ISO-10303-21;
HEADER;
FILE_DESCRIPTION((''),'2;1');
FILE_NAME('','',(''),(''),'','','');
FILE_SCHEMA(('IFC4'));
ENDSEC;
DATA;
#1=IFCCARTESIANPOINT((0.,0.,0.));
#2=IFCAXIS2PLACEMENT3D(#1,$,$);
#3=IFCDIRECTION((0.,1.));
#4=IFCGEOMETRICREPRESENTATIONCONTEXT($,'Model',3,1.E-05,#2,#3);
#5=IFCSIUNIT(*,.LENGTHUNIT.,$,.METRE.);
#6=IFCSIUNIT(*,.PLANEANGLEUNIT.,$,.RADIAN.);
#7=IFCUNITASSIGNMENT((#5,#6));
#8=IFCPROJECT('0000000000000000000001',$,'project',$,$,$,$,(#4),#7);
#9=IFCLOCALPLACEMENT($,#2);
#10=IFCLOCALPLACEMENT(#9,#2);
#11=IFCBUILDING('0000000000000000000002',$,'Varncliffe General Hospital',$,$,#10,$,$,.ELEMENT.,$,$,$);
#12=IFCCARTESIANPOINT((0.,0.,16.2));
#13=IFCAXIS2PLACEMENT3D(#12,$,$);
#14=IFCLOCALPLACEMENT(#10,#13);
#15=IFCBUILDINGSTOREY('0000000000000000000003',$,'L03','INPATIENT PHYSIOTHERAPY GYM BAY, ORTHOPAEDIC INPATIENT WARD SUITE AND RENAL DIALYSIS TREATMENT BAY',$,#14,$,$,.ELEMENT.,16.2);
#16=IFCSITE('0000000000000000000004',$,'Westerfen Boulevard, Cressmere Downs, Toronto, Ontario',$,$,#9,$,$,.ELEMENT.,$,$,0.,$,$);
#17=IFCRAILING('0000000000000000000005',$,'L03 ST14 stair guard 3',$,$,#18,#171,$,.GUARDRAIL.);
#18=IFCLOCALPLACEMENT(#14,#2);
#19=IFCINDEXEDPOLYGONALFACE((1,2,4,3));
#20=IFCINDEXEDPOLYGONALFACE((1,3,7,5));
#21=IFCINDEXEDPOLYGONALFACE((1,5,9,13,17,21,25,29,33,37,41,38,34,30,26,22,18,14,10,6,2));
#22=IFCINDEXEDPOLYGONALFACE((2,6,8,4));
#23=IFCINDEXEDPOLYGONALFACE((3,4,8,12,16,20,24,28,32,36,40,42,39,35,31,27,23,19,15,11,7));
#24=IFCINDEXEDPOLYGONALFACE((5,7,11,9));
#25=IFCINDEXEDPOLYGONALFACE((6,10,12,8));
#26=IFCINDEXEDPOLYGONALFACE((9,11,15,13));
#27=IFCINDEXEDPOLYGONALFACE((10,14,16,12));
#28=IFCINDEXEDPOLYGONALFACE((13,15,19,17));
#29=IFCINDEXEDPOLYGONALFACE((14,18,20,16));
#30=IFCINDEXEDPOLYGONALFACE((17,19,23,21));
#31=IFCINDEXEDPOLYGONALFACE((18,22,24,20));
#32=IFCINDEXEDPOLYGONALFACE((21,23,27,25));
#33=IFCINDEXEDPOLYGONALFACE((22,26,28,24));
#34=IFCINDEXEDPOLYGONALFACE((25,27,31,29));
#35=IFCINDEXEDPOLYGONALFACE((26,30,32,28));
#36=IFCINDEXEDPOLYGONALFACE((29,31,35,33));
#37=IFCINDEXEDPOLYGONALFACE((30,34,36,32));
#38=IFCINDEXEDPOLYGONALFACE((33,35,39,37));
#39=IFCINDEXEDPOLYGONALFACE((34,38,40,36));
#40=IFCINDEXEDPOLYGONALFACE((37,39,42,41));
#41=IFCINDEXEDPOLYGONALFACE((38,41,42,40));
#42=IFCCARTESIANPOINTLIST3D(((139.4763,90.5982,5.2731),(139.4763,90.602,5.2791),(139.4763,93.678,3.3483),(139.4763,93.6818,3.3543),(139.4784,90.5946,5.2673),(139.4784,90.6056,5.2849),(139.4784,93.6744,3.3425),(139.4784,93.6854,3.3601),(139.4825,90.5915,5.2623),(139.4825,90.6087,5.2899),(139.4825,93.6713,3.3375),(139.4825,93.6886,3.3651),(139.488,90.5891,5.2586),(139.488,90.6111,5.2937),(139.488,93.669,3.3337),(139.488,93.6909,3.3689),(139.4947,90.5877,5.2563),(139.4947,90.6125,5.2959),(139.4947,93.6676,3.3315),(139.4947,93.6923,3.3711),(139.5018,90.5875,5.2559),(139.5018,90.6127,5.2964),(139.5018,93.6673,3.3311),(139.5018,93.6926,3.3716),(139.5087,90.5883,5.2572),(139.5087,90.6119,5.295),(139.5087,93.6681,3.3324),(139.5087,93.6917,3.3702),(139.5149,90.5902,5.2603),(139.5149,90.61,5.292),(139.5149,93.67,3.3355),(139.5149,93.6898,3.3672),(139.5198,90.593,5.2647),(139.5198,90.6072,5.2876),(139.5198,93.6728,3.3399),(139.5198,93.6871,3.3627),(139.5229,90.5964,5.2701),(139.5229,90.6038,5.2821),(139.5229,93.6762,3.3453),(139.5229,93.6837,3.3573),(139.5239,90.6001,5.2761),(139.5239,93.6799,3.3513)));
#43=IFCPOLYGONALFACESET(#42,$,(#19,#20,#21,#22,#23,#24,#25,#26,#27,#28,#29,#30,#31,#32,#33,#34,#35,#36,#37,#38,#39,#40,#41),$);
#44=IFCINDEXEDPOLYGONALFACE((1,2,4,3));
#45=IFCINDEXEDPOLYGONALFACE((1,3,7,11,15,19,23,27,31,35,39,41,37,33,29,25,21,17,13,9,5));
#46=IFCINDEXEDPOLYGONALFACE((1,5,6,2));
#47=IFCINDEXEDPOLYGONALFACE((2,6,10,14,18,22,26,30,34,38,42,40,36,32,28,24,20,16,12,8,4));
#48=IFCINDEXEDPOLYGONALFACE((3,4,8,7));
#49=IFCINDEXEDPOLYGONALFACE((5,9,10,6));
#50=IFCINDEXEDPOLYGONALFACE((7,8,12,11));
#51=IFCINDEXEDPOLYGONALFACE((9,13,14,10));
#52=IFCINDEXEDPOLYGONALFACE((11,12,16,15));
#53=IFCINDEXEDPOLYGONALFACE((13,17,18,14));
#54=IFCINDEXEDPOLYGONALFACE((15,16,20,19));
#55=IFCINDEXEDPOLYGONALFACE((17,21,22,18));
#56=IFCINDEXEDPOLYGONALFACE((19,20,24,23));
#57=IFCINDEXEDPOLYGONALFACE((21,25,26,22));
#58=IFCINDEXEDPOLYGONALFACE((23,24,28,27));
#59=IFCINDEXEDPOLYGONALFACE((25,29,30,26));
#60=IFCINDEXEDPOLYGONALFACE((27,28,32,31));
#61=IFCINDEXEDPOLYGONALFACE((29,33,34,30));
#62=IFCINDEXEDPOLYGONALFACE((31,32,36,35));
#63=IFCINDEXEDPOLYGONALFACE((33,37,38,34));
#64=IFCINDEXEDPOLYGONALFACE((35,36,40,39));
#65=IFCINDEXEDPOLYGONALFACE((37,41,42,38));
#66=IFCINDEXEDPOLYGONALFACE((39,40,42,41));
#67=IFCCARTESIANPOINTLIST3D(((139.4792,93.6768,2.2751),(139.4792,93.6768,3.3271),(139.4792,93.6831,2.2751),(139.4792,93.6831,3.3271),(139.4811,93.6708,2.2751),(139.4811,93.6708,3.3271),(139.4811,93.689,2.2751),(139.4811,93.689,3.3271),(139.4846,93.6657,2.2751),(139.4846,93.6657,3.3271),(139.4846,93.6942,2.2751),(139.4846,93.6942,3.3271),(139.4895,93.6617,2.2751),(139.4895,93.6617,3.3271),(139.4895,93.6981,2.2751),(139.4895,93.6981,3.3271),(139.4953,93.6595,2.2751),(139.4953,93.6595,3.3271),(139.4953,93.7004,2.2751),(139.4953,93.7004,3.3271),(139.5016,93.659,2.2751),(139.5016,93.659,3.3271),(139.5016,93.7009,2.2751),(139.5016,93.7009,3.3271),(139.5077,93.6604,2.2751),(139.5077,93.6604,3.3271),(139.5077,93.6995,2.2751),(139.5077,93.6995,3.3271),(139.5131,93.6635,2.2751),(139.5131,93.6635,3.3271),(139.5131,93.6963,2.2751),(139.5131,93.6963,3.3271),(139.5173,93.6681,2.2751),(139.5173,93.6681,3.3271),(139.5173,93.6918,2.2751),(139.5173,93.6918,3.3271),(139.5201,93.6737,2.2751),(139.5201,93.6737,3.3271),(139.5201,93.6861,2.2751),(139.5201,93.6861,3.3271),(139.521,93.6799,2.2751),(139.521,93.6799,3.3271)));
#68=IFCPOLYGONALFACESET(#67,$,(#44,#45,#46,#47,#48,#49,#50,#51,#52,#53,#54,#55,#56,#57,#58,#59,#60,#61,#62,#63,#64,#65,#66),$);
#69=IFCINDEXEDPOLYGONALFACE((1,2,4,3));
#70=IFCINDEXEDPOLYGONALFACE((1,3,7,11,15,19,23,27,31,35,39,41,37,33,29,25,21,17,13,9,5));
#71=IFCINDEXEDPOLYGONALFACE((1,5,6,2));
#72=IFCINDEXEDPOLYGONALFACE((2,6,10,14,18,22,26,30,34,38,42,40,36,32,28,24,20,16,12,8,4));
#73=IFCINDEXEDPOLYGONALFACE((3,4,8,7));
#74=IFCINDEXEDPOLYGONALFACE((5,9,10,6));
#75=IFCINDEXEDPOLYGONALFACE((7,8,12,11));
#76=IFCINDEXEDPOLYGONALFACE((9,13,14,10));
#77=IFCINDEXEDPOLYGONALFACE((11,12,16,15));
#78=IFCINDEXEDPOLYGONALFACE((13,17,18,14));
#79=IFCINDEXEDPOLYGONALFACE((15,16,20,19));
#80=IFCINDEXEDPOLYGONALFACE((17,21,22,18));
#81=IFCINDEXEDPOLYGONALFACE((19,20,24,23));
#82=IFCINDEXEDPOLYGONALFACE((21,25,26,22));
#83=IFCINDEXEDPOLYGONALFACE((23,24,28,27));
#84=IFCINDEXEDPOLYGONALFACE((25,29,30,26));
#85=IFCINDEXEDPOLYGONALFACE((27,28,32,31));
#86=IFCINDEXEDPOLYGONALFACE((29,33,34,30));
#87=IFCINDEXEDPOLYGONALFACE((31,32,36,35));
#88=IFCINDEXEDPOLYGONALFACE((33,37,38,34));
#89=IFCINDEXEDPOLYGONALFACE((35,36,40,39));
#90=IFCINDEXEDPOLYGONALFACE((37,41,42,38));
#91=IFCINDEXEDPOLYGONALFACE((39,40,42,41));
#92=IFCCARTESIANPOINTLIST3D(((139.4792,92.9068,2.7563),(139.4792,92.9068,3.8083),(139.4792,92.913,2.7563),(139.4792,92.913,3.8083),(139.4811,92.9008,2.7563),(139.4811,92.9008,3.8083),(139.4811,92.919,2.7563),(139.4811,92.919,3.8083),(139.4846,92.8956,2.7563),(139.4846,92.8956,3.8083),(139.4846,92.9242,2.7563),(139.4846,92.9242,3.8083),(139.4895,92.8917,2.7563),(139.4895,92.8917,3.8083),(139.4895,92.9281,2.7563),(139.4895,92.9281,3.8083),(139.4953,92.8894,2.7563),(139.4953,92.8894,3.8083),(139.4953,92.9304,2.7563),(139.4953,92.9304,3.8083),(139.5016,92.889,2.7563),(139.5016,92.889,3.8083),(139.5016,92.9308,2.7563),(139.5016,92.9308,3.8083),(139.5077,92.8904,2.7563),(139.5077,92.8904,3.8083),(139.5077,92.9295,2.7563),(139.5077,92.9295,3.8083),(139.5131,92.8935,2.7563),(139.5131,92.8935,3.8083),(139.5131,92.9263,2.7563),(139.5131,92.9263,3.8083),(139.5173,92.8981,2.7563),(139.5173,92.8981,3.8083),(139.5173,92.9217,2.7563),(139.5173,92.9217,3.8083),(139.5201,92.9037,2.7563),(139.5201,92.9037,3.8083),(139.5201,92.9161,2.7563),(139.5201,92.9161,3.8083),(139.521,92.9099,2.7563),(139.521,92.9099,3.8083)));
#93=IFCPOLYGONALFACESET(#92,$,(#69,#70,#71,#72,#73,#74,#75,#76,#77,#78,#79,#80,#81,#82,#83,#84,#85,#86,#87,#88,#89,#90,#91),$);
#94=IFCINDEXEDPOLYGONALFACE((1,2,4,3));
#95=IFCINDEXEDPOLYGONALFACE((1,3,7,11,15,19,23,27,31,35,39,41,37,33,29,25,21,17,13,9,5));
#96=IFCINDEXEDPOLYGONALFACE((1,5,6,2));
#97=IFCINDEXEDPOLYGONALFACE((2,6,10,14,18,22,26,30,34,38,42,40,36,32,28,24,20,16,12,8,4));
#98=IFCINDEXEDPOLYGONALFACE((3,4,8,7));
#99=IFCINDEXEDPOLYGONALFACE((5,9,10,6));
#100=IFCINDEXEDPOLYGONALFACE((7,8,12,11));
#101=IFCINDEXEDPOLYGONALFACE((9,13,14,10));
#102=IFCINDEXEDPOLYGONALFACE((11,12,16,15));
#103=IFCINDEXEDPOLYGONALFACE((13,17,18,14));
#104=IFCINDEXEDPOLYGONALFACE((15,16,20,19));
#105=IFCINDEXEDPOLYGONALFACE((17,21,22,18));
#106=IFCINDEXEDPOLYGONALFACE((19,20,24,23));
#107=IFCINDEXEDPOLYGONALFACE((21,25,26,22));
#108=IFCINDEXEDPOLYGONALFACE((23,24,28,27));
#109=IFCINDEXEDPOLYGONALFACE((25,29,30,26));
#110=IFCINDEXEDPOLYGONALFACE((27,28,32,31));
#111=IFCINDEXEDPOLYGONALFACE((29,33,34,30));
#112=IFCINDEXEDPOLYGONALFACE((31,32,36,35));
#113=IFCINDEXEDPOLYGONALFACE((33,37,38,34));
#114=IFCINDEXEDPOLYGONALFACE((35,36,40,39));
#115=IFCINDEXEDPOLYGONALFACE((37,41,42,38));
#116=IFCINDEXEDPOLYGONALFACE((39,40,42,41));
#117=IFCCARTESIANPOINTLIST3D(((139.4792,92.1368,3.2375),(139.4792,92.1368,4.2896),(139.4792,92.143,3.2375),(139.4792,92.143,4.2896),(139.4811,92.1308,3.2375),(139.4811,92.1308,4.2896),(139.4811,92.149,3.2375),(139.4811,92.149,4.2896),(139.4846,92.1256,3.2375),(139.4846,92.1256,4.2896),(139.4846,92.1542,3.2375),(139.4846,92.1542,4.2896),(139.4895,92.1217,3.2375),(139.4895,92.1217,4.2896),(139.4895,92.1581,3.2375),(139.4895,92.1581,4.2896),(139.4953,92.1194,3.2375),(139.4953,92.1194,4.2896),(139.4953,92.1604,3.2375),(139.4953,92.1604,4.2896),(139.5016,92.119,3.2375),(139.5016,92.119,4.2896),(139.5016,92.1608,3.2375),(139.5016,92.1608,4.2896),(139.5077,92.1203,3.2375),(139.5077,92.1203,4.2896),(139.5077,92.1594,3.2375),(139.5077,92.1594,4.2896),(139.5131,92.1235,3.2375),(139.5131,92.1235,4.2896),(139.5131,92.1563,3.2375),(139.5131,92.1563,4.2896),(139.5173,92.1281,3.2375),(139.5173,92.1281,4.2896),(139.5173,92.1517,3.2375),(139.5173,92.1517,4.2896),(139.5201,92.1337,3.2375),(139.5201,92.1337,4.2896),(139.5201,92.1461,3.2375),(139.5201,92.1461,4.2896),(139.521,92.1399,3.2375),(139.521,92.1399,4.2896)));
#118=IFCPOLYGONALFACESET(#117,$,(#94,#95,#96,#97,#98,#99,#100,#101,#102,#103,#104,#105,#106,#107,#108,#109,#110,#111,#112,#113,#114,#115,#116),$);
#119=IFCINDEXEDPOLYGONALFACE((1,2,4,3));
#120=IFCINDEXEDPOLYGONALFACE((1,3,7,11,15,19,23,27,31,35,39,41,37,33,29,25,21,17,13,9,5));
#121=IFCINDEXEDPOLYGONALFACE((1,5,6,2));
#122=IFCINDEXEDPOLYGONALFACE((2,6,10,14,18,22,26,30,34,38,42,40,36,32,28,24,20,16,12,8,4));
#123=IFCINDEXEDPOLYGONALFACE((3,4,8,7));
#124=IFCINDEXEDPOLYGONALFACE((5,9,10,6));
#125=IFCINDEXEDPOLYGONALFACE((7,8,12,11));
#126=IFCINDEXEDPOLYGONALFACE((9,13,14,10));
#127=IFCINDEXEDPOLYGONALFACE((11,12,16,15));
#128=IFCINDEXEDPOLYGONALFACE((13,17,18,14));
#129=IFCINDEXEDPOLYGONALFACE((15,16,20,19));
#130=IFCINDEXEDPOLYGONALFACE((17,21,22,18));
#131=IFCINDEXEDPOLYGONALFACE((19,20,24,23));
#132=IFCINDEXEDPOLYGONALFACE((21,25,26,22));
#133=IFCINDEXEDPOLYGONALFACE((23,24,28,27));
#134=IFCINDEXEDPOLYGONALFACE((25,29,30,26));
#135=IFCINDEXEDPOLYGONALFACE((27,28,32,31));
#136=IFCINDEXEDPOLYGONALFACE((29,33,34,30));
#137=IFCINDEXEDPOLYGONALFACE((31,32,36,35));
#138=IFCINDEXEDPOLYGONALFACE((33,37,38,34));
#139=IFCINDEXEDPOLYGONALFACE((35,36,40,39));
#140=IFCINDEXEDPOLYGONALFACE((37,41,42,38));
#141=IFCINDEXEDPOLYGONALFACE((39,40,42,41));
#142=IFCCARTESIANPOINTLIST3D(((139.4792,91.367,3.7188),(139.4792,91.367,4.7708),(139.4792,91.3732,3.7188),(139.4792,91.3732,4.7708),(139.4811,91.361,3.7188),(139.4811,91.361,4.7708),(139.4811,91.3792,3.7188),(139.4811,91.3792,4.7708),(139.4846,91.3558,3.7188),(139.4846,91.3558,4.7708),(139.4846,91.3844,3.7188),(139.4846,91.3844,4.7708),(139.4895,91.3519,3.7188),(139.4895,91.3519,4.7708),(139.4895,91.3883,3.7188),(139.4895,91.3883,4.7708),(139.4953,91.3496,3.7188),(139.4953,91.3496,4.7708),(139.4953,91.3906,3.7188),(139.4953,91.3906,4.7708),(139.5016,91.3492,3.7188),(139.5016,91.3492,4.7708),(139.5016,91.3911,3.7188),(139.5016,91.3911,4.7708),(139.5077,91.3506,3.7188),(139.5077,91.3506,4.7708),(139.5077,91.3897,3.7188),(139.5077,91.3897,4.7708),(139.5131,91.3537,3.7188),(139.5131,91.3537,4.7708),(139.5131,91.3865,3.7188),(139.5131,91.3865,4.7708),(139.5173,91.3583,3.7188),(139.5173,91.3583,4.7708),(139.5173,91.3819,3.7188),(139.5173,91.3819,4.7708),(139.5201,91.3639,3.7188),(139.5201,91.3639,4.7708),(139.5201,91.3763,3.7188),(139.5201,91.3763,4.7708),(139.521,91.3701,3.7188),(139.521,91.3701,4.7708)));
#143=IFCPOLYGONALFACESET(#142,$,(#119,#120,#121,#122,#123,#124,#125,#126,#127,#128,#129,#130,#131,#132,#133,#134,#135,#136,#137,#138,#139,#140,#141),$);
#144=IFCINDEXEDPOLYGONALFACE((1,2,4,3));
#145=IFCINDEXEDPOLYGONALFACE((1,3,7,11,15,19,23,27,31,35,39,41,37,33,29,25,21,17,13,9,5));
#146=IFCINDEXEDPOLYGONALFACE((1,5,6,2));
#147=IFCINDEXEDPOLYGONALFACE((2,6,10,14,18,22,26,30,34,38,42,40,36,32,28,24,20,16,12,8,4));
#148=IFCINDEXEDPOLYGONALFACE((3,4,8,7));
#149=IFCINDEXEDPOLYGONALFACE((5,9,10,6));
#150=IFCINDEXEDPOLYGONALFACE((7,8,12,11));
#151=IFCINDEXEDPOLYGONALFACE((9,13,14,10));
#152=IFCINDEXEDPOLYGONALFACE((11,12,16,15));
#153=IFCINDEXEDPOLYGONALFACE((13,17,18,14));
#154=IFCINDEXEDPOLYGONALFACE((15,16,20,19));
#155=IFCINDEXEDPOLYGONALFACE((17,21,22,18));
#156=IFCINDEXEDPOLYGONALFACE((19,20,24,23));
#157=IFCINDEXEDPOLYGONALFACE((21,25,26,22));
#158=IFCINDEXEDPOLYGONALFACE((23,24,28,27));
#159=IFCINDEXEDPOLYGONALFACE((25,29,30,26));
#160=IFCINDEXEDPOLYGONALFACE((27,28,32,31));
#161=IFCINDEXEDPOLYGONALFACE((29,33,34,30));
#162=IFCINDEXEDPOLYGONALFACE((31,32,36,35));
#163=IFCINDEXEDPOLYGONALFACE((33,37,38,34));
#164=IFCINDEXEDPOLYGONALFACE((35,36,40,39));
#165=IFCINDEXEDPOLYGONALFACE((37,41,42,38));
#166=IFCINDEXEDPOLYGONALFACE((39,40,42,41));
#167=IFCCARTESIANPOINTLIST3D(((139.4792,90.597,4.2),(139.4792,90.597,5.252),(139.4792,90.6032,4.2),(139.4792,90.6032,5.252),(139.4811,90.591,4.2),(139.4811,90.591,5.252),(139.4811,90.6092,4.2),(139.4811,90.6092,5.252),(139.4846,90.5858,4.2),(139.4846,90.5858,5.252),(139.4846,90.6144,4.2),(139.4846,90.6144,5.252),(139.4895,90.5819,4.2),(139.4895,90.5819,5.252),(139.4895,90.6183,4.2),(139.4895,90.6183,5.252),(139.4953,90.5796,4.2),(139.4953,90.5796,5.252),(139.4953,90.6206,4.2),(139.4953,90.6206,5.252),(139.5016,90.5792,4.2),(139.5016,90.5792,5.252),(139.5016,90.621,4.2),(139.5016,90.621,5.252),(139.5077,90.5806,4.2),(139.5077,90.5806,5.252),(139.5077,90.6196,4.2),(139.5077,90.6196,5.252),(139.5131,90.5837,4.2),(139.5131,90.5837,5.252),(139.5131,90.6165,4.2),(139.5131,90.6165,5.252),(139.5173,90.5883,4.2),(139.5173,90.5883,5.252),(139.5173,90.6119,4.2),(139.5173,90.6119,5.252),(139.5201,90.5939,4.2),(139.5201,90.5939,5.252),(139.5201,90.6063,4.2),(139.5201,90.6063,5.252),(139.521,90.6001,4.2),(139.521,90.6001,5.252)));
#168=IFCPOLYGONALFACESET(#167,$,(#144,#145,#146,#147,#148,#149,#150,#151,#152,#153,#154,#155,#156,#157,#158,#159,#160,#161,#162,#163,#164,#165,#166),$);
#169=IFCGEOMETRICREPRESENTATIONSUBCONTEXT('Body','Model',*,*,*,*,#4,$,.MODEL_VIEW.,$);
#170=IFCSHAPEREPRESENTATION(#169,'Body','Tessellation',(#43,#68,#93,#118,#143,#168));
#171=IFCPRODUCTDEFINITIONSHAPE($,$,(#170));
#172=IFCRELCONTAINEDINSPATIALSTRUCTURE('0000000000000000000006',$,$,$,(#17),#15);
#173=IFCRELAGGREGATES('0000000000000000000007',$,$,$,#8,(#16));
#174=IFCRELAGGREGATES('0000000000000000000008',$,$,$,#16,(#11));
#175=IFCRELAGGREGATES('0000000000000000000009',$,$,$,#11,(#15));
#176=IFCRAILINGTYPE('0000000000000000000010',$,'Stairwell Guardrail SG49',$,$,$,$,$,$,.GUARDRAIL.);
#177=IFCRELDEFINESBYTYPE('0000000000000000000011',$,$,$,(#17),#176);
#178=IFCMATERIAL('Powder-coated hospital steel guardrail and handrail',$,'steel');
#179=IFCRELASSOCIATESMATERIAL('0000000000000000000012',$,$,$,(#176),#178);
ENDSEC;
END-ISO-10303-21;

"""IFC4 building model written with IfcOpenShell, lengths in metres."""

from ifc_helpers import new_model, si_unit, direction, frame, origin, origin_2d, place, context, subcontext, project, spatial, circle, extrude, material, type_object, element, save


model = new_model("IFC4")

# Units and contexts
model_context = context("Model", 3, precision=1e-05, world=origin(), true_north=direction((0.0, 1.0)))
body_context = subcontext(model_context, "Body", "Model", "MODEL_VIEW")
ifc_project = project(units=[si_unit("LENGTHUNIT", "METRE"), si_unit("PLANEANGLEUNIT", "RADIAN")], contexts=[model_context])

# Site, building, storey
site_placement = place(None, origin())
site = spatial("IfcSite", under=ifc_project, at=site_placement, Name="Westerfen Boulevard, Cressmere Downs, Toronto, Ontario", CompositionType="ELEMENT", RefElevation=0.0)
building_placement = place(site_placement, origin())
building = spatial("IfcBuilding", under=site, at=building_placement, Name="Varncliffe General Hospital", CompositionType="ELEMENT")
storey_placement = place(building_placement, frame((0.0, 0.0, 16.2)))
storey = spatial("IfcBuildingStorey", under=building, at=storey_placement, Name="L03", Description="INPATIENT PHYSIOTHERAPY GYM BAY, ORTHOPAEDIC INPATIENT WARD SUITE AND RENAL DIALYSIS TREATMENT BAY", CompositionType="ELEMENT", Elevation=16.2)

# Railing
ifc_material_1 = material(Name="Powder-coated hospital steel guardrail and handrail", Category="steel")
railing_type_1 = type_object("IfcRailingType", Name="Stairwell Guardrail SG49", PredefinedType="GUARDRAIL", material=ifc_material_1)
railing_1_placement = place(storey_placement, frame((139.5, 93.6799, 2.2751)))
element("IfcRailing", 1, at=railing_1_placement, inside=storey, type_object=railing_type_1, Name="L03 ST14 stair guard 3", PredefinedType="GUARDRAIL", context=body_context, shape_type="SweptSolid", body=[
    extrude(circle(Radius=0.0239, at=origin_2d()), frame((0.0, 0.0, 1.0762), z_axis=(0.0, -0.84801, 0.529981), x_axis=(1.0, 0.0, 0.0)), (0.0, 0.0, 1.0), 3.6318),
    extrude(circle(Radius=0.021, at=origin_2d()), origin(), (0.0, 0.0, 1.0), 1.052),
    extrude(circle(Radius=0.021, at=origin_2d()), frame((0.0, -0.77, 0.4812)), (0.0, 0.0, 1.0), 1.052),
    extrude(circle(Radius=0.021, at=origin_2d()), frame((0.0, -1.54, 0.9624)), (0.0, 0.0, 1.0), 1.052),
    extrude(circle(Radius=0.021, at=origin_2d()), frame((0.0, -2.3098, 1.4436)), (0.0, 0.0, 1.0), 1.052),
    extrude(circle(Radius=0.021, at=origin_2d()), frame((0.0, -3.0798, 1.9248)), (0.0, 0.0, 1.0), 1.052),
])

save(model, "model.ifc")
